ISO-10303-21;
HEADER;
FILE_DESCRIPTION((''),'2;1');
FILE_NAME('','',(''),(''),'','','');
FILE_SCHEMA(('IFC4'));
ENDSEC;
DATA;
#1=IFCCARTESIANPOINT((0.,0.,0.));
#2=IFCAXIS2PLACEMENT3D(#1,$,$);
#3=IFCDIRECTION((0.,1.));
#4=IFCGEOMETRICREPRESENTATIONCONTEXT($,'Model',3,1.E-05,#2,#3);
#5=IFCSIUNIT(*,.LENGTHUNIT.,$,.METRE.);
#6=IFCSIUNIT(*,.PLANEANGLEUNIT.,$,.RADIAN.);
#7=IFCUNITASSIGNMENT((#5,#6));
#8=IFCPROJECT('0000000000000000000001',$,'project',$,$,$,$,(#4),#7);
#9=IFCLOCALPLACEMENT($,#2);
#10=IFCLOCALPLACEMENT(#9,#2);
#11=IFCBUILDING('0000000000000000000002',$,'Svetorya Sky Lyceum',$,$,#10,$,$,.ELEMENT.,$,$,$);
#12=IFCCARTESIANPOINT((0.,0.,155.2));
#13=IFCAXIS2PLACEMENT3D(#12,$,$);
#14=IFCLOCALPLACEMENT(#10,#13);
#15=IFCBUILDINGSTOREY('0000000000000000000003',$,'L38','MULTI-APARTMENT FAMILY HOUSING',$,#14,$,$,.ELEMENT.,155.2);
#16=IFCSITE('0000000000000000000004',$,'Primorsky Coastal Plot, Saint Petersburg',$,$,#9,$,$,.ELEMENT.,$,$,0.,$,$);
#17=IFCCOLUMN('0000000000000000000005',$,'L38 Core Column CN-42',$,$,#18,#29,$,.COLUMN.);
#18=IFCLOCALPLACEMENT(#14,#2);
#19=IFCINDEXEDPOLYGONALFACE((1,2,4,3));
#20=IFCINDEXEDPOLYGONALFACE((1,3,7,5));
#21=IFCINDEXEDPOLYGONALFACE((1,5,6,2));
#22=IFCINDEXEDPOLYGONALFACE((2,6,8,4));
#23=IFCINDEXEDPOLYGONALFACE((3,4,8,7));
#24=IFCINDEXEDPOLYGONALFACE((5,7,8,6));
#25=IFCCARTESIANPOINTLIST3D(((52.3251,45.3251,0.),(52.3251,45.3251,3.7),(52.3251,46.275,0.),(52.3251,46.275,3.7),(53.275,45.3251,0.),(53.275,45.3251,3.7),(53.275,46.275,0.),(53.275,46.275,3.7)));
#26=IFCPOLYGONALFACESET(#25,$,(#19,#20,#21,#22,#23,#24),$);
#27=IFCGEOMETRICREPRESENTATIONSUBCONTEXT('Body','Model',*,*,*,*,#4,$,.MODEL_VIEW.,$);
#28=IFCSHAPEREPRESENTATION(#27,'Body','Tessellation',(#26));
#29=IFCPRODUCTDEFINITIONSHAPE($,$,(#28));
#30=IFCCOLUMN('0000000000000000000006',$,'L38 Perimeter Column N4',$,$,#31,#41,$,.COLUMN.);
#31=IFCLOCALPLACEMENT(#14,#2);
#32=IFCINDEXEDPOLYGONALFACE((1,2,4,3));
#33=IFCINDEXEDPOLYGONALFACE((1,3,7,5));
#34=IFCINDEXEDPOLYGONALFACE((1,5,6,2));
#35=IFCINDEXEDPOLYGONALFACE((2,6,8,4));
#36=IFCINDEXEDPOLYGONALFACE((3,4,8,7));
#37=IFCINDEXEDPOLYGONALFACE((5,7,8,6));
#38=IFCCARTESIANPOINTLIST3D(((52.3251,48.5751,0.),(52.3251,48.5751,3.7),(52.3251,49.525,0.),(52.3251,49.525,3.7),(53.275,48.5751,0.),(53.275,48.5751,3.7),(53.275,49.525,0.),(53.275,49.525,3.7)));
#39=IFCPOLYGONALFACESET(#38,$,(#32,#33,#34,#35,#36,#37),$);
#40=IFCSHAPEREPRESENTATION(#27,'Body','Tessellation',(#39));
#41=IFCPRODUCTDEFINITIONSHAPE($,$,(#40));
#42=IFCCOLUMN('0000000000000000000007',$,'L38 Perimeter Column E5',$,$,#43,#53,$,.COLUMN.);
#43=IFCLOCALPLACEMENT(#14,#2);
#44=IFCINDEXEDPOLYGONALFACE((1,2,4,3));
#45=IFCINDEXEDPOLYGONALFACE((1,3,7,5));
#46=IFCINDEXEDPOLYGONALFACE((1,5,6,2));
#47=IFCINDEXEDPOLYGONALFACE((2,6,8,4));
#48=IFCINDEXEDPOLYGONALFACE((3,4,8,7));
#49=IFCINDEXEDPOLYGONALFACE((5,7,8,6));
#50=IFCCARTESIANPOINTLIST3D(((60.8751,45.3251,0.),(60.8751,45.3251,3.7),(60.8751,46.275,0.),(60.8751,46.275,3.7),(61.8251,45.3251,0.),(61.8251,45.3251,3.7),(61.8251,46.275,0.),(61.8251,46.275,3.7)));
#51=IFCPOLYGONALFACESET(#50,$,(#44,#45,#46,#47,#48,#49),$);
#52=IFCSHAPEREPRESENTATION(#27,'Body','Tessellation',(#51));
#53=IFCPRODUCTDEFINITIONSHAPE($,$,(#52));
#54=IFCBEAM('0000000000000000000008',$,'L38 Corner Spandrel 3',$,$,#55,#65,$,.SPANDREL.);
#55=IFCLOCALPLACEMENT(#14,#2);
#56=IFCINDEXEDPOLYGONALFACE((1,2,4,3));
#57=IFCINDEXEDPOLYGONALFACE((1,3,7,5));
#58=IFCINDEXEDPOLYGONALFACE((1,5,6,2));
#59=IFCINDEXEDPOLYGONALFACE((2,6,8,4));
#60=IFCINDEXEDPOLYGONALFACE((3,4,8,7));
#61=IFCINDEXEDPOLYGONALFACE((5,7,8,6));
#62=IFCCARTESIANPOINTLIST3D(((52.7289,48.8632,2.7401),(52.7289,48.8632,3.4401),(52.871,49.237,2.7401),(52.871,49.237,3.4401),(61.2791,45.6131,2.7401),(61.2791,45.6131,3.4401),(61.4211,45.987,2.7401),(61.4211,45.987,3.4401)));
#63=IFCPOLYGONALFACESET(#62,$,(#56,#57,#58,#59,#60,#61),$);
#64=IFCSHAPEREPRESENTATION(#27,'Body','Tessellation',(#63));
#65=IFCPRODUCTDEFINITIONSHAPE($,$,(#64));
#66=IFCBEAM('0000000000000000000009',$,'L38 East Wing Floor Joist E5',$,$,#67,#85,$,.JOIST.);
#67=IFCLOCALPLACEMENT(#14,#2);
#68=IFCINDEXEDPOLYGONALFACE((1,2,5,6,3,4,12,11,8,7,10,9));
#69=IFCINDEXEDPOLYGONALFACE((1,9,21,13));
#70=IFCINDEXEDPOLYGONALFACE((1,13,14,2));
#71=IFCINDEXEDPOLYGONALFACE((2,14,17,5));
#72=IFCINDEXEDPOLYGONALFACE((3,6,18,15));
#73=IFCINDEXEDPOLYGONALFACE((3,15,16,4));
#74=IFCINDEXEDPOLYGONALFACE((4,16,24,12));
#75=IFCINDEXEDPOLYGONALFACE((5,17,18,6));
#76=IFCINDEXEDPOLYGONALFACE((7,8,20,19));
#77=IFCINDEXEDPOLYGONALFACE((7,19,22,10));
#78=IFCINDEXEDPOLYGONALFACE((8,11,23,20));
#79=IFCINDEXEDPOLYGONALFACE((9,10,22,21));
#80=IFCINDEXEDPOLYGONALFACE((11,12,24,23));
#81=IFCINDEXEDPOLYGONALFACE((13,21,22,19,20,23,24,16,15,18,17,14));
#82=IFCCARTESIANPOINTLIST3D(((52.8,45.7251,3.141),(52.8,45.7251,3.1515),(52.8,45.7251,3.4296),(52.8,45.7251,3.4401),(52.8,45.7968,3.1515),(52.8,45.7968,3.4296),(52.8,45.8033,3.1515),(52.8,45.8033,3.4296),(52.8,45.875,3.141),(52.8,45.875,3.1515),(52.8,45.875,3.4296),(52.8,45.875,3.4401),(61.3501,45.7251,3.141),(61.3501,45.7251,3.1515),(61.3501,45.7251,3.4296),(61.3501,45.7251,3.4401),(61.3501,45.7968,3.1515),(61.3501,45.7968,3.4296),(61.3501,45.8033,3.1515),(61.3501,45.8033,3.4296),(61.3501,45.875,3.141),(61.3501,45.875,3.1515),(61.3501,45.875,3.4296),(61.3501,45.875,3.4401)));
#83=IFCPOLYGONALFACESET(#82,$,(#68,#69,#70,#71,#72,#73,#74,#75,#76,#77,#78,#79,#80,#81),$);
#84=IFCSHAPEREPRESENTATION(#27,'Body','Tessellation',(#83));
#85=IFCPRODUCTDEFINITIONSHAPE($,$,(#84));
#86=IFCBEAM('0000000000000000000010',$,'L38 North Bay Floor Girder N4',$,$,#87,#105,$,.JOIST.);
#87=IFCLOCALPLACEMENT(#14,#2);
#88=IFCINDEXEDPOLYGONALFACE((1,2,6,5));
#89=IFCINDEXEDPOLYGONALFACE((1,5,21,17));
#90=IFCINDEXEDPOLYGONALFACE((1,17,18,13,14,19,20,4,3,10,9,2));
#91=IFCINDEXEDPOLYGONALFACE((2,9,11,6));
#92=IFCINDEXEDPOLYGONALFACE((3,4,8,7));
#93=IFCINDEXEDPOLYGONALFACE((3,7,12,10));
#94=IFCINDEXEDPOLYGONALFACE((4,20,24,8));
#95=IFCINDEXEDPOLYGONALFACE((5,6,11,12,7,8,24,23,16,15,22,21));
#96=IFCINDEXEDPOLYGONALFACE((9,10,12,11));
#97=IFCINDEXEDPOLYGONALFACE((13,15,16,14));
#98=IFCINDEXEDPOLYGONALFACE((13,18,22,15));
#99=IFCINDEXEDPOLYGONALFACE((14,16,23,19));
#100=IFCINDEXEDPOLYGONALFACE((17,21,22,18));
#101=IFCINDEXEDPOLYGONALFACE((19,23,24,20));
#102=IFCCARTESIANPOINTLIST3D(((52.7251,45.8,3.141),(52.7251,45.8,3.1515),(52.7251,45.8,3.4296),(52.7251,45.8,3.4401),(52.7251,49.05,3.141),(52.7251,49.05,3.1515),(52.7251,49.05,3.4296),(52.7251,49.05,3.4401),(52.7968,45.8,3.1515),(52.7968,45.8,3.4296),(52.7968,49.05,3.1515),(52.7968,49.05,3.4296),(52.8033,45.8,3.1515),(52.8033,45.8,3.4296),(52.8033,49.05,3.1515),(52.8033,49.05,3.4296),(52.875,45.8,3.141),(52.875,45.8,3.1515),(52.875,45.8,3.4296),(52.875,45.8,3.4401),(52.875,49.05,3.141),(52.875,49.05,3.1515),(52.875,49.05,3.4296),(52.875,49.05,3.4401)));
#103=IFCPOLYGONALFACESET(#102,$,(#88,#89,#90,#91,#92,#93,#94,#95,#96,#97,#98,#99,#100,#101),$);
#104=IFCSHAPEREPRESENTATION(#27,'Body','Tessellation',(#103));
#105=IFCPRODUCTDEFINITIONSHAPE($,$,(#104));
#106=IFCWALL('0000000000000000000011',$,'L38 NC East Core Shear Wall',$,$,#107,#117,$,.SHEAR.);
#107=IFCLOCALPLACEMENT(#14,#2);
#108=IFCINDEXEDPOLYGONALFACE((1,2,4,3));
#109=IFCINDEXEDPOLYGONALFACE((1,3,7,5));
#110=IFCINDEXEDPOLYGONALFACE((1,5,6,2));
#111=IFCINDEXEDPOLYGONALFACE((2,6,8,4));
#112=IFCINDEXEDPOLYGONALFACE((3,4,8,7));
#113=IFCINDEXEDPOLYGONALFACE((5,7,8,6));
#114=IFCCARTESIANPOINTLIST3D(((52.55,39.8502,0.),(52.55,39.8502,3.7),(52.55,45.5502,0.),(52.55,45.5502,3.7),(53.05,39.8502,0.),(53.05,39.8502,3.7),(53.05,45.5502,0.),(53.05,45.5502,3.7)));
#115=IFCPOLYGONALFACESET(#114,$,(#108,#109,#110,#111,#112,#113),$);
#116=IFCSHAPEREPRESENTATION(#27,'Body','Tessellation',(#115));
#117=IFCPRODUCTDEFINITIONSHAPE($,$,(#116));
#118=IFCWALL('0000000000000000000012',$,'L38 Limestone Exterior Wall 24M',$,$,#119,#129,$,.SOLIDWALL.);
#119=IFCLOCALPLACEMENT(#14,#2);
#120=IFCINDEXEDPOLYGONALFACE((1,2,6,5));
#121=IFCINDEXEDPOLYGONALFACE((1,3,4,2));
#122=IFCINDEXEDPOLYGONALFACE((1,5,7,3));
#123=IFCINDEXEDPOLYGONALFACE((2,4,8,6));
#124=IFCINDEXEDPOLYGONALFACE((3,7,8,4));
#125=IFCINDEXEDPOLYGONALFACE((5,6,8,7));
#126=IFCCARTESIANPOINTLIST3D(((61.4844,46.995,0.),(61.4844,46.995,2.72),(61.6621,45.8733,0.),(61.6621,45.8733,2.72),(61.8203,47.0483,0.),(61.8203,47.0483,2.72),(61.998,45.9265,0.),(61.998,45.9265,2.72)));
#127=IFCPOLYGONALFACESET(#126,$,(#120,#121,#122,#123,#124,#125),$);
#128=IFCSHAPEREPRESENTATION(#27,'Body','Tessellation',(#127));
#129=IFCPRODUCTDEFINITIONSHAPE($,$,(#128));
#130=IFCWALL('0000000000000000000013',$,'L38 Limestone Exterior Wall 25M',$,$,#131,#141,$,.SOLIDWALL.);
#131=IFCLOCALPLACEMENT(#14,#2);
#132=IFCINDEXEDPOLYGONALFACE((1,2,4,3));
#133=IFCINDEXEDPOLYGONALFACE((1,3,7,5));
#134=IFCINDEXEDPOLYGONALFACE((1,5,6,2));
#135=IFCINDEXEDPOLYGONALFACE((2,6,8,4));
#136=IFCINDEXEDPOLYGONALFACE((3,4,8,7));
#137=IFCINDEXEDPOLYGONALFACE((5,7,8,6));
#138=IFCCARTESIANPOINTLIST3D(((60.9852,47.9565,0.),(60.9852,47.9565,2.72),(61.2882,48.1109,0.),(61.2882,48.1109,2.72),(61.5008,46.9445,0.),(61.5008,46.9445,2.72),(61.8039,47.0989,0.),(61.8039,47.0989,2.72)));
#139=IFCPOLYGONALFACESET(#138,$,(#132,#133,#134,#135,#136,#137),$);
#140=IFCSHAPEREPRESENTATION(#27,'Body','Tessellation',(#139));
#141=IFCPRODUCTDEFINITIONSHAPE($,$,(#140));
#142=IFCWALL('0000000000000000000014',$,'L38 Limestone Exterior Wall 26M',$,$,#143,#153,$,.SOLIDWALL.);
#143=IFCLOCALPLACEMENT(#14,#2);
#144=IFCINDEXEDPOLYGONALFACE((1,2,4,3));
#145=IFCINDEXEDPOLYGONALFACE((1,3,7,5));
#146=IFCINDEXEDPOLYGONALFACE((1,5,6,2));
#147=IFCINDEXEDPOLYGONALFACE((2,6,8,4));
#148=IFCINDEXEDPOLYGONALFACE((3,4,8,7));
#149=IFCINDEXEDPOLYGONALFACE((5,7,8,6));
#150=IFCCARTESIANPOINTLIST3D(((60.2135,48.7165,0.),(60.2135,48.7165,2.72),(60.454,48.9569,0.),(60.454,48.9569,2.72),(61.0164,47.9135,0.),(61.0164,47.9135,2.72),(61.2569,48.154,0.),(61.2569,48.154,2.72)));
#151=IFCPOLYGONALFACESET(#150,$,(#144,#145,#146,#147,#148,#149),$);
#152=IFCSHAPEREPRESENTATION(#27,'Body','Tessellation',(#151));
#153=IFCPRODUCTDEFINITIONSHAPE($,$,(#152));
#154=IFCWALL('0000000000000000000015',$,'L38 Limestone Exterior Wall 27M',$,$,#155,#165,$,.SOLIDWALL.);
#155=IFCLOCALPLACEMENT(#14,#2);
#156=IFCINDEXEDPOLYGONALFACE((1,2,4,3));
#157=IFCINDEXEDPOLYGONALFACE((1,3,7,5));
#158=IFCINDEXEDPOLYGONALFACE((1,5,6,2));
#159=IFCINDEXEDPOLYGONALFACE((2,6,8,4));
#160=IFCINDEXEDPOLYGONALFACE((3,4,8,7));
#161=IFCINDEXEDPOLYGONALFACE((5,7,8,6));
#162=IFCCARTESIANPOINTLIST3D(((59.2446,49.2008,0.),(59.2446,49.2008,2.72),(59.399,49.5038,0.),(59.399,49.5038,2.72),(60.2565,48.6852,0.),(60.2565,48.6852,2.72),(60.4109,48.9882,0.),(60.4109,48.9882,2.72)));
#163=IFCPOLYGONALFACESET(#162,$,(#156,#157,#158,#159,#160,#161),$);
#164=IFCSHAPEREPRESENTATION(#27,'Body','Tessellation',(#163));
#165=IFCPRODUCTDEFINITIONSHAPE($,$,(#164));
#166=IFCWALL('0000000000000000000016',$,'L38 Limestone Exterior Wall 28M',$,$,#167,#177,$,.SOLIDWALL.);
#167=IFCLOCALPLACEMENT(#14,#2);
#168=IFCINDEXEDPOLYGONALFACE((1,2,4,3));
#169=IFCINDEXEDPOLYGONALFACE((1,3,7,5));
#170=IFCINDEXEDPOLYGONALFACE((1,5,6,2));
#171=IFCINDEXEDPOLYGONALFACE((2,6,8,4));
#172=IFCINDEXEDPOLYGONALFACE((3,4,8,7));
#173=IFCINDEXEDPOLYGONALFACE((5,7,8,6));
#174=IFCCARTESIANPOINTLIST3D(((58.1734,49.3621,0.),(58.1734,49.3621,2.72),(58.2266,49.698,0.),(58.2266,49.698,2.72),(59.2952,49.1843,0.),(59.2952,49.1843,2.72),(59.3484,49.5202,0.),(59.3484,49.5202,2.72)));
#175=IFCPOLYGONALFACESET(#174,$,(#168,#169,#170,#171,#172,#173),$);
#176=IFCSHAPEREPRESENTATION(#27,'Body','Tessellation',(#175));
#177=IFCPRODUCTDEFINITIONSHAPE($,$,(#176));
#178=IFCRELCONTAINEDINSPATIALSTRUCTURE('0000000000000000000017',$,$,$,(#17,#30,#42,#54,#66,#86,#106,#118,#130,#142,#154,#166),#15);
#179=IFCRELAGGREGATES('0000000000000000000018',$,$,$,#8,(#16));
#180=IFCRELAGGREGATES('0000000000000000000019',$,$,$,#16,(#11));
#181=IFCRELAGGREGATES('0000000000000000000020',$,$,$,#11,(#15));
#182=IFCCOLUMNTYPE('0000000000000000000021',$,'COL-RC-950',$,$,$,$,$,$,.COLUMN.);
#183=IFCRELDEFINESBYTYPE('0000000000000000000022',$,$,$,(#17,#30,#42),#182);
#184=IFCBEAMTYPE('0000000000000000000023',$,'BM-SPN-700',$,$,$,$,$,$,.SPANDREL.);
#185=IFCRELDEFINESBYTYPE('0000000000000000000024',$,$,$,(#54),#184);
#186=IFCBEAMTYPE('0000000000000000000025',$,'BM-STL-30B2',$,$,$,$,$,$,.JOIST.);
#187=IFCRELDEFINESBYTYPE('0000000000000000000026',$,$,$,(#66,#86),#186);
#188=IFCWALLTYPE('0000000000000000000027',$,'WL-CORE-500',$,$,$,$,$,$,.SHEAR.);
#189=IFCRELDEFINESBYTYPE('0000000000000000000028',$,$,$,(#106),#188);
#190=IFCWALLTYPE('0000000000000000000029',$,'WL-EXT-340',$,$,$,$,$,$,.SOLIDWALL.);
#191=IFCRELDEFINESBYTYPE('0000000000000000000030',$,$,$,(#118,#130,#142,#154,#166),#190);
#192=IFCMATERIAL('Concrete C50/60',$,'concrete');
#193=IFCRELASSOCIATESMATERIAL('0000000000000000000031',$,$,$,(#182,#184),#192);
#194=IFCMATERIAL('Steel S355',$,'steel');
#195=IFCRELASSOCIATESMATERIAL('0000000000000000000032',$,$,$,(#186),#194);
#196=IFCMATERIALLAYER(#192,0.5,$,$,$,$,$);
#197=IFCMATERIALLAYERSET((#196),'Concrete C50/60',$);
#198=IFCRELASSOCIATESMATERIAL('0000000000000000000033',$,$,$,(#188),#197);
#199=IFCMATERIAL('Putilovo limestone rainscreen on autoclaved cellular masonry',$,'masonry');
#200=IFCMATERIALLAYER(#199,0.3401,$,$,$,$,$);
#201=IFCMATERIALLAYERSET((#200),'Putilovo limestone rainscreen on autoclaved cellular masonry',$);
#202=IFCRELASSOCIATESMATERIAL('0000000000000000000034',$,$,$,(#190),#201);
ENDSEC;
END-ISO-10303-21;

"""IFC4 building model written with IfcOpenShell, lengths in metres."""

from ifc_helpers import new_model, si_unit, direction, frame, frame_2d, origin, origin_2d, place, context, subcontext, project, spatial, rectangle, i_section, extrude, material, layer, layer_set, material_profile, profile_set, type_object, element, save


model = new_model("IFC4")

# Units and contexts
model_context = context("Model", 3, precision=1e-05, world=origin(), true_north=direction((0.0, 1.0)))
body_context = subcontext(model_context, "Body", "Model", "MODEL_VIEW")
ifc_project = project(units=[si_unit("LENGTHUNIT", "METRE"), si_unit("PLANEANGLEUNIT", "RADIAN")], contexts=[model_context])

# Site, building, storey
site_placement = place(None, origin())
site = spatial("IfcSite", under=ifc_project, at=site_placement, Name="Primorsky Coastal Plot, Saint Petersburg", CompositionType="ELEMENT", RefElevation=0.0)
building_placement = place(site_placement, origin())
building = spatial("IfcBuilding", under=site, at=building_placement, Name="Svetorya Sky Lyceum", CompositionType="ELEMENT")
storey_placement = place(building_placement, frame((0.0, 0.0, 155.2)))
storey = spatial("IfcBuildingStorey", under=building, at=storey_placement, Name="L38", Description="MULTI-APARTMENT FAMILY HOUSING", CompositionType="ELEMENT", Elevation=155.2)

# Columns
ifc_material_1 = material(Name="Concrete C50/60", Category="concrete")
ifc_material_profile_1 = material_profile(ifc_material_1, rectangle(XDim=0.95, YDim=0.95, at=origin_2d()), Name="RC COL 950x950")
ifc_profile_set_1 = profile_set([ifc_material_profile_1], Name="Concrete C50/60")
column_type = type_object("IfcColumnType", Name="COL-RC-950", PredefinedType="COLUMN", material=ifc_profile_set_1)
for number, where, z_axis, x_axis, name in (
    (1, (52.8, 45.8, 0.0), (0.0, 0.0, 1.0), (1.0, 0.0, 0.0), "L38 Core Column CN-42"),
    (2, (52.8, 49.05, 0.0), (0.0, 0.0, 1.0), (1.0, 0.0, 0.0), "L38 Perimeter Column N4"),
    (3, (61.3501, 45.8, 0.0), (0.0, 0.0, 1.0), (1.0, 0.0, 0.0), "L38 Perimeter Column E5"),
):
    element("IfcColumn", number, at=place(storey_placement, frame(where, z_axis=z_axis, x_axis=x_axis)), inside=storey, type_object=column_type, Name=name, PredefinedType="COLUMN", context=body_context, shape_type="SweptSolid", body=[
        extrude(rectangle(XDim=0.95, YDim=0.95, at=origin_2d()), origin(), (0.0, 0.0, 1.0), 3.7),
    ])

# Beams
ifc_material_profile_2 = material_profile(ifc_material_1, rectangle(XDim=0.3999, YDim=0.7, at=origin_2d()), Name="RC SPANDREL 400x700")
ifc_profile_set_2 = profile_set([ifc_material_profile_2], Name="Concrete C50/60")
beam_type_1 = type_object("IfcBeamType", Name="BM-SPN-700", PredefinedType="SPANDREL", material=ifc_profile_set_2)
beam_1_placement = place(storey_placement, frame((61.3501, 45.8, 3.0901), z_axis=(-0.934748, 0.355312, 0.0), x_axis=(-0.355312, -0.934748, 0.0)))
element("IfcBeam", 4, at=beam_1_placement, inside=storey, type_object=beam_type_1, Name="L38 Corner Spandrel 3", PredefinedType="SPANDREL", context=body_context, shape_type="SweptSolid", body=[
    extrude(rectangle(XDim=0.3999, YDim=0.7, at=origin_2d()), origin(), (0.0, 0.0, 1.0), 9.147),
])
ifc_material_2 = material(Name="Steel S355", Category="steel")
ifc_material_profile_3 = material_profile(ifc_material_2, i_section(OverallWidth=0.1499, OverallDepth=0.2991, WebThickness=0.0066, FlangeThickness=0.0105, at=origin_2d()), Name="GOST 30B2")
ifc_profile_set_3 = profile_set([ifc_material_profile_3], Name="Steel S355")
beam_type_2 = type_object("IfcBeamType", Name="BM-STL-30B2", PredefinedType="JOIST", material=ifc_profile_set_3)
beam_2_placement = place(storey_placement, frame((52.8, 45.8, 3.2905), z_axis=(1.0, 0.0, 0.0), x_axis=(0.0, 1.0, 0.0)))
element("IfcBeam", 5, at=beam_2_placement, inside=storey, type_object=beam_type_2, Name="L38 East Wing Floor Joist E5", PredefinedType="JOIST", context=body_context, shape_type="SweptSolid", body=[
    extrude(i_section(OverallWidth=0.1499, OverallDepth=0.2991, WebThickness=0.0066, FlangeThickness=0.0105, at=origin_2d()), origin(), (0.0, 0.0, 1.0), 8.55),
])
beam_3_placement = place(storey_placement, frame((52.8, 45.8, 3.2905), z_axis=(0.0, 1.0, 0.0), x_axis=(-1.0, 0.0, 0.0)))
element("IfcBeam", 6, at=beam_3_placement, inside=storey, type_object=beam_type_2, Name="L38 North Bay Floor Girder N4", PredefinedType="JOIST", context=body_context, shape_type="SweptSolid", body=[
    extrude(i_section(OverallWidth=0.1499, OverallDepth=0.2991, WebThickness=0.0066, FlangeThickness=0.0105, at=origin_2d()), origin(), (0.0, 0.0, 1.0), 3.25),
])

# Walls
ifc_layer_1 = layer(ifc_material_1, 0.5)
ifc_layer_set_1 = layer_set([ifc_layer_1], Name="Concrete C50/60")
wall_type_1 = type_object("IfcWallType", Name="WL-CORE-500", PredefinedType="SHEAR", material=ifc_layer_set_1)
wall_1_placement = place(storey_placement, frame((52.8, 39.8501, 0.0), z_axis=(0.0, 0.0, 1.0), x_axis=(0.0, 1.0, 0.0)))
element("IfcWall", 7, at=wall_1_placement, inside=storey, type_object=wall_type_1, Name="L38 NC East Core Shear Wall", PredefinedType="SHEAR", context=body_context, shape_type="SweptSolid", body=[
    extrude(rectangle(XDim=5.7, YDim=0.5, at=frame_2d((2.8501, 0.0))), origin(), (0.0, 0.0, 1.0), 3.7),
])
ifc_material_3 = material(Name="Putilovo limestone rainscreen on autoclaved cellular masonry", Category="masonry")
ifc_layer_2 = layer(ifc_material_3, 0.3401)
ifc_layer_set_2 = layer_set([ifc_layer_2], Name="Putilovo limestone rainscreen on autoclaved cellular masonry")
wall_type_2 = type_object("IfcWallType", Name="WL-EXT-340", PredefinedType="SOLIDWALL", material=ifc_layer_set_2)
for number, where, z_axis, x_axis, name in (
    (8, (61.8301, 45.8999, 0.0), (0.0, 0.0, 1.0), (-0.156481, 0.987681, 0.0), "L38 Limestone Exterior Wall 24M"),
    (9, (61.6523, 47.0217, 0.0), (0.0, 0.0, 1.0), (-0.453993, 0.891005, 0.0), "L38 Limestone Exterior Wall 25M"),
):
    element("IfcWall", number, at=place(storey_placement, frame(where, z_axis=z_axis, x_axis=x_axis)), inside=storey, type_object=wall_type_2, Name=name, PredefinedType="SOLIDWALL", context=body_context, shape_type="SweptSolid", body=[
        extrude(rectangle(XDim=1.1357, YDim=0.3401, at=frame_2d((0.5679, 0.0))), origin(), (0.0, 0.0, 1.0), 2.72),
    ])
wall_2_placement = place(storey_placement, frame((61.1367, 48.0337, 0.0), z_axis=(0.0, 0.0, 1.0), x_axis=(-0.707107, 0.707107, 0.0)))
element("IfcWall", 10, at=wall_2_placement, inside=storey, type_object=wall_type_2, Name="L38 Limestone Exterior Wall 26M", PredefinedType="SOLIDWALL", context=body_context, shape_type="SweptSolid", body=[
    extrude(rectangle(XDim=1.1355, YDim=0.3401, at=frame_2d((0.5679, 0.0))), origin(), (0.0, 0.0, 1.0), 2.72),
])
for number, where, z_axis, x_axis, name in (
    (11, (60.3337, 48.8367, 0.0), (0.0, 0.0, 1.0), (-0.891005, 0.453993, 0.0), "L38 Limestone Exterior Wall 27M"),
    (12, (59.3218, 49.3523, 0.0), (0.0, 0.0, 1.0), (-0.987681, 0.156481, 0.0), "L38 Limestone Exterior Wall 28M"),
):
    element("IfcWall", number, at=place(storey_placement, frame(where, z_axis=z_axis, x_axis=x_axis)), inside=storey, type_object=wall_type_2, Name=name, PredefinedType="SOLIDWALL", context=body_context, shape_type="SweptSolid", body=[
        extrude(rectangle(XDim=1.1357, YDim=0.3401, at=frame_2d((0.5679, 0.0))), origin(), (0.0, 0.0, 1.0), 2.72),
    ])

save(model, "model.ifc")
